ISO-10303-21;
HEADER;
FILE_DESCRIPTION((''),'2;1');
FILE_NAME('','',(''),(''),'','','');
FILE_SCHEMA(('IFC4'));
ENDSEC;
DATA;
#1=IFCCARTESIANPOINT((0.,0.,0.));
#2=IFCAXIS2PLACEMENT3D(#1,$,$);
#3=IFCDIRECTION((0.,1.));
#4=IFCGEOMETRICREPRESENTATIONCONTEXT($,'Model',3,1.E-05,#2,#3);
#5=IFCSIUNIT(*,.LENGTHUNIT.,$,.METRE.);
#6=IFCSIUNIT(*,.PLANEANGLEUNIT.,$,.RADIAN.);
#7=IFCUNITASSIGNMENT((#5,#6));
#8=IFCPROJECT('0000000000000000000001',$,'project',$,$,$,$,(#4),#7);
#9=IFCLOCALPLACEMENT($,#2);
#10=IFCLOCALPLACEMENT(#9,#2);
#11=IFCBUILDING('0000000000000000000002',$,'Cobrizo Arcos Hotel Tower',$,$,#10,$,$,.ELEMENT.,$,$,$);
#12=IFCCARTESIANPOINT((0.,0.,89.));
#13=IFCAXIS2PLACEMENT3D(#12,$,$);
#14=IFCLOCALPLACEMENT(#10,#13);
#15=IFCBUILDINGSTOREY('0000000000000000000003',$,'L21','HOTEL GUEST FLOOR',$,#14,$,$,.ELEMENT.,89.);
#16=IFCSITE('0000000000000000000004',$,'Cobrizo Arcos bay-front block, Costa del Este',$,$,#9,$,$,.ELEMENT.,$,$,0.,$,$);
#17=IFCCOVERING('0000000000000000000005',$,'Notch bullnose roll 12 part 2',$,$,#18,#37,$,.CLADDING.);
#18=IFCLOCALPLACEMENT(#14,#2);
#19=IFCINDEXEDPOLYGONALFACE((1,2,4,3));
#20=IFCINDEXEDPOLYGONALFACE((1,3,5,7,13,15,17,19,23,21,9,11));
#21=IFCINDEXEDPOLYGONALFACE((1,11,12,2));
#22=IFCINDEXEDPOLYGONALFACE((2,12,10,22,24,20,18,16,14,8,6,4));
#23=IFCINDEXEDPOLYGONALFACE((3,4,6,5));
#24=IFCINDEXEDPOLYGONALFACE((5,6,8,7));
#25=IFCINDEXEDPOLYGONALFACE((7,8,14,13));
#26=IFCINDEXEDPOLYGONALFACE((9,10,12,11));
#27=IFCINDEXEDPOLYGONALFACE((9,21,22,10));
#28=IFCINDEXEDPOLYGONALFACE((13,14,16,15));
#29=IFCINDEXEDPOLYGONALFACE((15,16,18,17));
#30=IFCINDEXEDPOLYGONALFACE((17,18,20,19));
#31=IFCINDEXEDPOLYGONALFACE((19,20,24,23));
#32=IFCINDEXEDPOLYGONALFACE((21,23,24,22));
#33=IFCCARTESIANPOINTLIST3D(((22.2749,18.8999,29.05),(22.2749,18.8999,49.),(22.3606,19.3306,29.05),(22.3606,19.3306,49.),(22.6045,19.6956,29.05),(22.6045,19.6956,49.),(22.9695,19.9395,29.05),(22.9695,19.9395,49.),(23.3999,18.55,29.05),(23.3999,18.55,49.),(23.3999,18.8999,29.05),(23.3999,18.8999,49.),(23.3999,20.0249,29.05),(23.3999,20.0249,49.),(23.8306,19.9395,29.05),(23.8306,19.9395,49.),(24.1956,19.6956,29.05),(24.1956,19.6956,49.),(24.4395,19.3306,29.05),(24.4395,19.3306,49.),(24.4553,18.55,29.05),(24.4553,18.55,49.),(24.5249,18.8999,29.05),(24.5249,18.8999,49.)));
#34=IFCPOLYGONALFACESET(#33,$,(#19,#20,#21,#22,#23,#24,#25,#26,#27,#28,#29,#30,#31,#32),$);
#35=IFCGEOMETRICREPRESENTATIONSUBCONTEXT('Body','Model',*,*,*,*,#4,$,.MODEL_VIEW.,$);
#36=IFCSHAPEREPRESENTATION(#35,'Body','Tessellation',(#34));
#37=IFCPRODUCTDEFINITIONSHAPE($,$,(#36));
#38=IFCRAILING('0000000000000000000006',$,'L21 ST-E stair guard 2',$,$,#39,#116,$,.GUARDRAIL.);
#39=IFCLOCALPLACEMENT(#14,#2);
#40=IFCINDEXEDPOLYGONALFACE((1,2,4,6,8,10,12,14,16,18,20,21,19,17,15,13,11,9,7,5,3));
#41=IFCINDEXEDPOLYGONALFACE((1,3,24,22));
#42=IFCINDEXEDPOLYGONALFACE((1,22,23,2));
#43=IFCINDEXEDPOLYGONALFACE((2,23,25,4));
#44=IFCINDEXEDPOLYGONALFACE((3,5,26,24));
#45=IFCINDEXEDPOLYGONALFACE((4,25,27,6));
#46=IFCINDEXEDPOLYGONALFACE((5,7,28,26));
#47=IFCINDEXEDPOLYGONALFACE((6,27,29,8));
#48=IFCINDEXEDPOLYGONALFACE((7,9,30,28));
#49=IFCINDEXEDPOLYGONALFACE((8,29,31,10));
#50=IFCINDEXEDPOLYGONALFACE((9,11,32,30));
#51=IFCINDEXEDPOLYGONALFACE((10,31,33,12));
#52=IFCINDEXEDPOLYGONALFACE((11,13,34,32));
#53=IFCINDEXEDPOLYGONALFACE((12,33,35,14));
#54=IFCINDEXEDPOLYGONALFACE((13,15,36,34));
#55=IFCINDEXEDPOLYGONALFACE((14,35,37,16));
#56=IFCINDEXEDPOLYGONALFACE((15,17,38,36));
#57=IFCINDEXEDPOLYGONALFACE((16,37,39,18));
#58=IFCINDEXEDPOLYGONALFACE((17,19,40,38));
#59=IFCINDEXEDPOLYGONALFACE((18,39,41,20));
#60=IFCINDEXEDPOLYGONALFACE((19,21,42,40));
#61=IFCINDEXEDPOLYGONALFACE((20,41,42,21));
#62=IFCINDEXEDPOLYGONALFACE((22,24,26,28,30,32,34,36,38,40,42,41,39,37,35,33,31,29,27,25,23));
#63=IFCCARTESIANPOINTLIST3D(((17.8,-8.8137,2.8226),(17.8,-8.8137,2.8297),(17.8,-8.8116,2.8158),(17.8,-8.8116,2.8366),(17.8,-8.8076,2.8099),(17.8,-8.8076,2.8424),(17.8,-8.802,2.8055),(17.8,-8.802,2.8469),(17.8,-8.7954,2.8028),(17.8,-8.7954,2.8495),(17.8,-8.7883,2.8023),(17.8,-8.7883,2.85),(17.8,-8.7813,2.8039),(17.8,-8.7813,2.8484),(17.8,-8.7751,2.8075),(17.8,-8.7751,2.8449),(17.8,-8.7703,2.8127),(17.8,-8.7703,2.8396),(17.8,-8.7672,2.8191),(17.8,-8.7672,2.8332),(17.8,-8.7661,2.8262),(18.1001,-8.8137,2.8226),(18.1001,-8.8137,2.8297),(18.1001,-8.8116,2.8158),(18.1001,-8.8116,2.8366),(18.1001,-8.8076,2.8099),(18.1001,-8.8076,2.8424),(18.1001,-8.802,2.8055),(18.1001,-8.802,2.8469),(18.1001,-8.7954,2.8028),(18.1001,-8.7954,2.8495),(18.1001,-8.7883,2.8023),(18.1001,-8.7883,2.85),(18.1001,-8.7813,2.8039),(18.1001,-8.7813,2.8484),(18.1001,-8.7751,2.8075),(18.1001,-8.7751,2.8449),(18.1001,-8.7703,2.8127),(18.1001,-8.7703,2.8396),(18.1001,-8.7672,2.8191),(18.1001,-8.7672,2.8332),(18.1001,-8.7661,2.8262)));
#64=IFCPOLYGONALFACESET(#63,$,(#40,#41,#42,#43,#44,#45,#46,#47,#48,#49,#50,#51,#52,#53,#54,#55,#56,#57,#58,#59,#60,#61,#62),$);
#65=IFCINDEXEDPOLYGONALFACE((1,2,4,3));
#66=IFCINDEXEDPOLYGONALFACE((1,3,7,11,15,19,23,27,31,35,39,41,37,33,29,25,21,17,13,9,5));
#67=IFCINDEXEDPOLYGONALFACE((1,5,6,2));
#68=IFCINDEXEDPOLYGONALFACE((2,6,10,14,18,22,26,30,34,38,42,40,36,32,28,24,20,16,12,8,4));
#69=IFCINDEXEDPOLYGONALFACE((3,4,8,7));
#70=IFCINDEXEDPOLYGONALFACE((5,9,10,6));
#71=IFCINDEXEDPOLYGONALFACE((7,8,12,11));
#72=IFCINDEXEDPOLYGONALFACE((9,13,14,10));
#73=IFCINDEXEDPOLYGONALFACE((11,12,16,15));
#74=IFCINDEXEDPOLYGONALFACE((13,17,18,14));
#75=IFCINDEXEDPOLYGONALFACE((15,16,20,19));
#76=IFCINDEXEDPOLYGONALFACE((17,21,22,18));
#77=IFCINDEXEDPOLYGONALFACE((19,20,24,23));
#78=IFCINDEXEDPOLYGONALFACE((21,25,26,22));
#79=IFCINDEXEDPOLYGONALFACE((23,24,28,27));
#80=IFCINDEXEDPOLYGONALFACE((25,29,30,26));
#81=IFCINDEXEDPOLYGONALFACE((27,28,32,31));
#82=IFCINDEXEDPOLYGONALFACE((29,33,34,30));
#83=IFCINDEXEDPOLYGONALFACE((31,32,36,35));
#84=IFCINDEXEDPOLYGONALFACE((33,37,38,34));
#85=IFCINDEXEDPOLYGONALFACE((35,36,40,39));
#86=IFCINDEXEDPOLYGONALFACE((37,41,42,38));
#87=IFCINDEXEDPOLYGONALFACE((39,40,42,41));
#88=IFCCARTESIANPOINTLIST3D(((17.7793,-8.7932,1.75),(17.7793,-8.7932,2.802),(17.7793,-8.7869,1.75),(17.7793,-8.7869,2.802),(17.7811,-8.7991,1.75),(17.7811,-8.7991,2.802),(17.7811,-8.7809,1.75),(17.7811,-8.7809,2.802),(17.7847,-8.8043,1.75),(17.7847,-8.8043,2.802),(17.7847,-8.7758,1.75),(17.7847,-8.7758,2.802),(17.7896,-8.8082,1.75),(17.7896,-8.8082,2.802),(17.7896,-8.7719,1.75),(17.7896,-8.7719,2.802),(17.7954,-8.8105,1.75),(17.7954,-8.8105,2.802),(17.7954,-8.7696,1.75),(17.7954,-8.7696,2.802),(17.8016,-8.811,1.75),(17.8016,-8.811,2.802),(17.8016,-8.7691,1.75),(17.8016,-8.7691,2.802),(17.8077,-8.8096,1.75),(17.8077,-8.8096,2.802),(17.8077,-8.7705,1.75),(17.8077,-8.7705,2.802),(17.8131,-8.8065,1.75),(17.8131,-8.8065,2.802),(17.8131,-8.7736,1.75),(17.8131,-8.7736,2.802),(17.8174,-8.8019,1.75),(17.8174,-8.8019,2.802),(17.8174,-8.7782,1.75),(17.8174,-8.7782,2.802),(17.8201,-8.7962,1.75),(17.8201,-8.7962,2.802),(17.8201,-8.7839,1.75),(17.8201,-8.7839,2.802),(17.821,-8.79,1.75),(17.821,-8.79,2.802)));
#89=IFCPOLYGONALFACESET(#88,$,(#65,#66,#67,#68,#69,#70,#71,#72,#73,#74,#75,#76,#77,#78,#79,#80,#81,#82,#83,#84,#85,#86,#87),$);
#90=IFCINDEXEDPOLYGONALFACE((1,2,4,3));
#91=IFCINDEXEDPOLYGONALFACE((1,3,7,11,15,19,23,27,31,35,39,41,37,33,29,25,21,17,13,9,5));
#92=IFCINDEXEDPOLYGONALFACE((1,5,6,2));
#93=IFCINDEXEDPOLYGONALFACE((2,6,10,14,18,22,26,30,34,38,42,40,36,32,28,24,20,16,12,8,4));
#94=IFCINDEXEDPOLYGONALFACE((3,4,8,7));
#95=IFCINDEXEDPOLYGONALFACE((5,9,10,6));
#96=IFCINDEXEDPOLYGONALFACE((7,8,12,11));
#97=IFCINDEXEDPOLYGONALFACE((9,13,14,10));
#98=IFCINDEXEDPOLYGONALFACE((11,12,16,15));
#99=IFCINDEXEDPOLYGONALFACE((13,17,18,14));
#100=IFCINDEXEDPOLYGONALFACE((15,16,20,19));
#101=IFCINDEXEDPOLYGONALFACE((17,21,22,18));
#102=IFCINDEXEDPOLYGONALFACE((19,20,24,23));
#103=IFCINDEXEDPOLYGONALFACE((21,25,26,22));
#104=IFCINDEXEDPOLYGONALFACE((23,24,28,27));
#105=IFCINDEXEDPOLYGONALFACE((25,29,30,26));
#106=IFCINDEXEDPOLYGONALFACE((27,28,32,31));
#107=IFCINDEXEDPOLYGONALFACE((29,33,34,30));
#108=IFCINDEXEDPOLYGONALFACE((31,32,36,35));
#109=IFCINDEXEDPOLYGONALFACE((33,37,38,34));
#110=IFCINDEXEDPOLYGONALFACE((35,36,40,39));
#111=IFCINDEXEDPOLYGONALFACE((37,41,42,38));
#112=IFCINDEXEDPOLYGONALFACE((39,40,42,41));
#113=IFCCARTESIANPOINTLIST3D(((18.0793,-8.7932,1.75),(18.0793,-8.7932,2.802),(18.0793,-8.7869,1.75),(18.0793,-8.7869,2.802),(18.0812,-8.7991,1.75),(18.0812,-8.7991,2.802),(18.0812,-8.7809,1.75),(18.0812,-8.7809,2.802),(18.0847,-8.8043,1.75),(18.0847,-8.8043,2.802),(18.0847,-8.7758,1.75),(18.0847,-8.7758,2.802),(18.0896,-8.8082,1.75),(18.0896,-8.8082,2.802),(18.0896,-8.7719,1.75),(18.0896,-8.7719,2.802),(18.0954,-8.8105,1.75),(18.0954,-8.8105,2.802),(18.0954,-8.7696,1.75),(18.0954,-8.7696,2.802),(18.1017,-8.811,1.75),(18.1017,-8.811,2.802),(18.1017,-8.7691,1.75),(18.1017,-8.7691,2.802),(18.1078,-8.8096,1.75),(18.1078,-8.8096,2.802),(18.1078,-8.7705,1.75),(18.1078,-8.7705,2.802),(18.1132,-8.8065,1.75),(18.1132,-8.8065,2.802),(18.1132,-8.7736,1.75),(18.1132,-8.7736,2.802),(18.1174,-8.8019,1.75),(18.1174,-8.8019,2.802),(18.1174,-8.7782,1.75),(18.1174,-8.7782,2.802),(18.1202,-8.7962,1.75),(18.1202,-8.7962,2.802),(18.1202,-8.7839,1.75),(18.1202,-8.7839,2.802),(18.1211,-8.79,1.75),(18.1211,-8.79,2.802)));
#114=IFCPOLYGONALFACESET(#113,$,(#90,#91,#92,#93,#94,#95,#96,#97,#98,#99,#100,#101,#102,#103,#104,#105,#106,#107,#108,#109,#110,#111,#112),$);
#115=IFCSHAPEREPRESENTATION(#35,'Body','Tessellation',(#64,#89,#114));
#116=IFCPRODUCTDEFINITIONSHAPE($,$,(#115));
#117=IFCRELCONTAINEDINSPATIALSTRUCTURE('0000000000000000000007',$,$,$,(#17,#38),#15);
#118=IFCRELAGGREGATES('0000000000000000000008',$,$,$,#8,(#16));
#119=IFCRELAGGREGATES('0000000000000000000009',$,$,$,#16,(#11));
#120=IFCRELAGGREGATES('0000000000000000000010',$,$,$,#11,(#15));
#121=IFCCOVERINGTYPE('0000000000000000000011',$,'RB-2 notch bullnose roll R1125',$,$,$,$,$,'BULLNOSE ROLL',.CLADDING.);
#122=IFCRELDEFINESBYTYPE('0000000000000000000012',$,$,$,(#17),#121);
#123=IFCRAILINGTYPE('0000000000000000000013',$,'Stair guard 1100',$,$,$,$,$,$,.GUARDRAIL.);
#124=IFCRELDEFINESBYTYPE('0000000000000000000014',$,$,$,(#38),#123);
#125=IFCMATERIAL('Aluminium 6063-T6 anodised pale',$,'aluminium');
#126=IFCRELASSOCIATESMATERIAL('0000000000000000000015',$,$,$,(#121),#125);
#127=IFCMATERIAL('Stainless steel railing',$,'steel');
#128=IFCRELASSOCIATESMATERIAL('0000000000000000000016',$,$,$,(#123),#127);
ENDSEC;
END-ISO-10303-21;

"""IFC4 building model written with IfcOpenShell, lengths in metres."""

from ifc_helpers import new_model, si_unit, direction, frame, origin, origin_2d, place, context, subcontext, project, spatial, polyline, circle, outline, extrude, material, type_object, element, save


model = new_model("IFC4")

# Units and contexts
model_context = context("Model", 3, precision=1e-05, world=origin(), true_north=direction((0.0, 1.0)))
body_context = subcontext(model_context, "Body", "Model", "MODEL_VIEW")
ifc_project = project(units=[si_unit("LENGTHUNIT", "METRE"), si_unit("PLANEANGLEUNIT", "RADIAN")], contexts=[model_context])

# Site, building, storey
site_placement = place(None, origin())
site = spatial("IfcSite", under=ifc_project, at=site_placement, Name="Cobrizo Arcos bay-front block, Costa del Este", CompositionType="ELEMENT", RefElevation=0.0)
building_placement = place(site_placement, origin())
building = spatial("IfcBuilding", under=site, at=building_placement, Name="Cobrizo Arcos Hotel Tower", CompositionType="ELEMENT")
storey_placement = place(building_placement, frame((0.0, 0.0, 89.0)))
storey = spatial("IfcBuildingStorey", under=building, at=storey_placement, Name="L21", Description="HOTEL GUEST FLOOR", CompositionType="ELEMENT", Elevation=89.0)

# Covering
ifc_material_1 = material(Name="Aluminium 6063-T6 anodised pale", Category="aluminium")
covering_type = type_object("IfcCoveringType", Name="RB-2 notch bullnose roll R1125", ElementType="BULLNOSE ROLL", PredefinedType="CLADDING", material=ifc_material_1)
covering_1_placement = place(storey_placement, frame((0.0, 0.0, 29.05)))
element("IfcCovering", 1, at=covering_1_placement, inside=storey, type_object=covering_type, Name="Notch bullnose roll 12 part 2", PredefinedType="CLADDING", context=body_context, shape_type="SweptSolid", body=[
    extrude(outline(polyline([(22.6045, 19.6956), (22.3606, 19.3306), (22.2749, 18.8999), (23.3999, 18.8999), (23.3999, 18.55), (24.4553, 18.55), (24.5249, 18.8999), (24.4395, 19.3306), (24.1956, 19.6956), (23.8306, 19.9395), (23.3999, 20.0249), (22.9695, 19.9395), (22.6045, 19.6956)])), origin(), (0.0, 0.0, 1.0), 19.95),
])

# Railing
ifc_material_2 = material(Name="Stainless steel railing", Category="steel")
railing_type_1 = type_object("IfcRailingType", Name="Stair guard 1100", PredefinedType="GUARDRAIL", material=ifc_material_2)
railing_1_placement = place(storey_placement, frame((17.8, -8.79, 1.75)))
element("IfcRailing", 2, at=railing_1_placement, inside=storey, type_object=railing_type_1, Name="L21 ST-E stair guard 2", PredefinedType="GUARDRAIL", context=body_context, shape_type="SweptSolid", body=[
    extrude(circle(Radius=0.0239, at=origin_2d()), frame((0.0, 0.0, 1.0762), z_axis=(1.0, 0.0, 0.0), x_axis=(0.0, 1.0, 0.0)), (0.0, 0.0, 1.0), 0.3),
    extrude(circle(Radius=0.021, at=origin_2d()), origin(), (0.0, 0.0, 1.0), 1.052),
    extrude(circle(Radius=0.021, at=origin_2d()), frame((0.3, 0.0, 0.0)), (0.0, 0.0, 1.0), 1.052),
])

save(model, "model.ifc")
